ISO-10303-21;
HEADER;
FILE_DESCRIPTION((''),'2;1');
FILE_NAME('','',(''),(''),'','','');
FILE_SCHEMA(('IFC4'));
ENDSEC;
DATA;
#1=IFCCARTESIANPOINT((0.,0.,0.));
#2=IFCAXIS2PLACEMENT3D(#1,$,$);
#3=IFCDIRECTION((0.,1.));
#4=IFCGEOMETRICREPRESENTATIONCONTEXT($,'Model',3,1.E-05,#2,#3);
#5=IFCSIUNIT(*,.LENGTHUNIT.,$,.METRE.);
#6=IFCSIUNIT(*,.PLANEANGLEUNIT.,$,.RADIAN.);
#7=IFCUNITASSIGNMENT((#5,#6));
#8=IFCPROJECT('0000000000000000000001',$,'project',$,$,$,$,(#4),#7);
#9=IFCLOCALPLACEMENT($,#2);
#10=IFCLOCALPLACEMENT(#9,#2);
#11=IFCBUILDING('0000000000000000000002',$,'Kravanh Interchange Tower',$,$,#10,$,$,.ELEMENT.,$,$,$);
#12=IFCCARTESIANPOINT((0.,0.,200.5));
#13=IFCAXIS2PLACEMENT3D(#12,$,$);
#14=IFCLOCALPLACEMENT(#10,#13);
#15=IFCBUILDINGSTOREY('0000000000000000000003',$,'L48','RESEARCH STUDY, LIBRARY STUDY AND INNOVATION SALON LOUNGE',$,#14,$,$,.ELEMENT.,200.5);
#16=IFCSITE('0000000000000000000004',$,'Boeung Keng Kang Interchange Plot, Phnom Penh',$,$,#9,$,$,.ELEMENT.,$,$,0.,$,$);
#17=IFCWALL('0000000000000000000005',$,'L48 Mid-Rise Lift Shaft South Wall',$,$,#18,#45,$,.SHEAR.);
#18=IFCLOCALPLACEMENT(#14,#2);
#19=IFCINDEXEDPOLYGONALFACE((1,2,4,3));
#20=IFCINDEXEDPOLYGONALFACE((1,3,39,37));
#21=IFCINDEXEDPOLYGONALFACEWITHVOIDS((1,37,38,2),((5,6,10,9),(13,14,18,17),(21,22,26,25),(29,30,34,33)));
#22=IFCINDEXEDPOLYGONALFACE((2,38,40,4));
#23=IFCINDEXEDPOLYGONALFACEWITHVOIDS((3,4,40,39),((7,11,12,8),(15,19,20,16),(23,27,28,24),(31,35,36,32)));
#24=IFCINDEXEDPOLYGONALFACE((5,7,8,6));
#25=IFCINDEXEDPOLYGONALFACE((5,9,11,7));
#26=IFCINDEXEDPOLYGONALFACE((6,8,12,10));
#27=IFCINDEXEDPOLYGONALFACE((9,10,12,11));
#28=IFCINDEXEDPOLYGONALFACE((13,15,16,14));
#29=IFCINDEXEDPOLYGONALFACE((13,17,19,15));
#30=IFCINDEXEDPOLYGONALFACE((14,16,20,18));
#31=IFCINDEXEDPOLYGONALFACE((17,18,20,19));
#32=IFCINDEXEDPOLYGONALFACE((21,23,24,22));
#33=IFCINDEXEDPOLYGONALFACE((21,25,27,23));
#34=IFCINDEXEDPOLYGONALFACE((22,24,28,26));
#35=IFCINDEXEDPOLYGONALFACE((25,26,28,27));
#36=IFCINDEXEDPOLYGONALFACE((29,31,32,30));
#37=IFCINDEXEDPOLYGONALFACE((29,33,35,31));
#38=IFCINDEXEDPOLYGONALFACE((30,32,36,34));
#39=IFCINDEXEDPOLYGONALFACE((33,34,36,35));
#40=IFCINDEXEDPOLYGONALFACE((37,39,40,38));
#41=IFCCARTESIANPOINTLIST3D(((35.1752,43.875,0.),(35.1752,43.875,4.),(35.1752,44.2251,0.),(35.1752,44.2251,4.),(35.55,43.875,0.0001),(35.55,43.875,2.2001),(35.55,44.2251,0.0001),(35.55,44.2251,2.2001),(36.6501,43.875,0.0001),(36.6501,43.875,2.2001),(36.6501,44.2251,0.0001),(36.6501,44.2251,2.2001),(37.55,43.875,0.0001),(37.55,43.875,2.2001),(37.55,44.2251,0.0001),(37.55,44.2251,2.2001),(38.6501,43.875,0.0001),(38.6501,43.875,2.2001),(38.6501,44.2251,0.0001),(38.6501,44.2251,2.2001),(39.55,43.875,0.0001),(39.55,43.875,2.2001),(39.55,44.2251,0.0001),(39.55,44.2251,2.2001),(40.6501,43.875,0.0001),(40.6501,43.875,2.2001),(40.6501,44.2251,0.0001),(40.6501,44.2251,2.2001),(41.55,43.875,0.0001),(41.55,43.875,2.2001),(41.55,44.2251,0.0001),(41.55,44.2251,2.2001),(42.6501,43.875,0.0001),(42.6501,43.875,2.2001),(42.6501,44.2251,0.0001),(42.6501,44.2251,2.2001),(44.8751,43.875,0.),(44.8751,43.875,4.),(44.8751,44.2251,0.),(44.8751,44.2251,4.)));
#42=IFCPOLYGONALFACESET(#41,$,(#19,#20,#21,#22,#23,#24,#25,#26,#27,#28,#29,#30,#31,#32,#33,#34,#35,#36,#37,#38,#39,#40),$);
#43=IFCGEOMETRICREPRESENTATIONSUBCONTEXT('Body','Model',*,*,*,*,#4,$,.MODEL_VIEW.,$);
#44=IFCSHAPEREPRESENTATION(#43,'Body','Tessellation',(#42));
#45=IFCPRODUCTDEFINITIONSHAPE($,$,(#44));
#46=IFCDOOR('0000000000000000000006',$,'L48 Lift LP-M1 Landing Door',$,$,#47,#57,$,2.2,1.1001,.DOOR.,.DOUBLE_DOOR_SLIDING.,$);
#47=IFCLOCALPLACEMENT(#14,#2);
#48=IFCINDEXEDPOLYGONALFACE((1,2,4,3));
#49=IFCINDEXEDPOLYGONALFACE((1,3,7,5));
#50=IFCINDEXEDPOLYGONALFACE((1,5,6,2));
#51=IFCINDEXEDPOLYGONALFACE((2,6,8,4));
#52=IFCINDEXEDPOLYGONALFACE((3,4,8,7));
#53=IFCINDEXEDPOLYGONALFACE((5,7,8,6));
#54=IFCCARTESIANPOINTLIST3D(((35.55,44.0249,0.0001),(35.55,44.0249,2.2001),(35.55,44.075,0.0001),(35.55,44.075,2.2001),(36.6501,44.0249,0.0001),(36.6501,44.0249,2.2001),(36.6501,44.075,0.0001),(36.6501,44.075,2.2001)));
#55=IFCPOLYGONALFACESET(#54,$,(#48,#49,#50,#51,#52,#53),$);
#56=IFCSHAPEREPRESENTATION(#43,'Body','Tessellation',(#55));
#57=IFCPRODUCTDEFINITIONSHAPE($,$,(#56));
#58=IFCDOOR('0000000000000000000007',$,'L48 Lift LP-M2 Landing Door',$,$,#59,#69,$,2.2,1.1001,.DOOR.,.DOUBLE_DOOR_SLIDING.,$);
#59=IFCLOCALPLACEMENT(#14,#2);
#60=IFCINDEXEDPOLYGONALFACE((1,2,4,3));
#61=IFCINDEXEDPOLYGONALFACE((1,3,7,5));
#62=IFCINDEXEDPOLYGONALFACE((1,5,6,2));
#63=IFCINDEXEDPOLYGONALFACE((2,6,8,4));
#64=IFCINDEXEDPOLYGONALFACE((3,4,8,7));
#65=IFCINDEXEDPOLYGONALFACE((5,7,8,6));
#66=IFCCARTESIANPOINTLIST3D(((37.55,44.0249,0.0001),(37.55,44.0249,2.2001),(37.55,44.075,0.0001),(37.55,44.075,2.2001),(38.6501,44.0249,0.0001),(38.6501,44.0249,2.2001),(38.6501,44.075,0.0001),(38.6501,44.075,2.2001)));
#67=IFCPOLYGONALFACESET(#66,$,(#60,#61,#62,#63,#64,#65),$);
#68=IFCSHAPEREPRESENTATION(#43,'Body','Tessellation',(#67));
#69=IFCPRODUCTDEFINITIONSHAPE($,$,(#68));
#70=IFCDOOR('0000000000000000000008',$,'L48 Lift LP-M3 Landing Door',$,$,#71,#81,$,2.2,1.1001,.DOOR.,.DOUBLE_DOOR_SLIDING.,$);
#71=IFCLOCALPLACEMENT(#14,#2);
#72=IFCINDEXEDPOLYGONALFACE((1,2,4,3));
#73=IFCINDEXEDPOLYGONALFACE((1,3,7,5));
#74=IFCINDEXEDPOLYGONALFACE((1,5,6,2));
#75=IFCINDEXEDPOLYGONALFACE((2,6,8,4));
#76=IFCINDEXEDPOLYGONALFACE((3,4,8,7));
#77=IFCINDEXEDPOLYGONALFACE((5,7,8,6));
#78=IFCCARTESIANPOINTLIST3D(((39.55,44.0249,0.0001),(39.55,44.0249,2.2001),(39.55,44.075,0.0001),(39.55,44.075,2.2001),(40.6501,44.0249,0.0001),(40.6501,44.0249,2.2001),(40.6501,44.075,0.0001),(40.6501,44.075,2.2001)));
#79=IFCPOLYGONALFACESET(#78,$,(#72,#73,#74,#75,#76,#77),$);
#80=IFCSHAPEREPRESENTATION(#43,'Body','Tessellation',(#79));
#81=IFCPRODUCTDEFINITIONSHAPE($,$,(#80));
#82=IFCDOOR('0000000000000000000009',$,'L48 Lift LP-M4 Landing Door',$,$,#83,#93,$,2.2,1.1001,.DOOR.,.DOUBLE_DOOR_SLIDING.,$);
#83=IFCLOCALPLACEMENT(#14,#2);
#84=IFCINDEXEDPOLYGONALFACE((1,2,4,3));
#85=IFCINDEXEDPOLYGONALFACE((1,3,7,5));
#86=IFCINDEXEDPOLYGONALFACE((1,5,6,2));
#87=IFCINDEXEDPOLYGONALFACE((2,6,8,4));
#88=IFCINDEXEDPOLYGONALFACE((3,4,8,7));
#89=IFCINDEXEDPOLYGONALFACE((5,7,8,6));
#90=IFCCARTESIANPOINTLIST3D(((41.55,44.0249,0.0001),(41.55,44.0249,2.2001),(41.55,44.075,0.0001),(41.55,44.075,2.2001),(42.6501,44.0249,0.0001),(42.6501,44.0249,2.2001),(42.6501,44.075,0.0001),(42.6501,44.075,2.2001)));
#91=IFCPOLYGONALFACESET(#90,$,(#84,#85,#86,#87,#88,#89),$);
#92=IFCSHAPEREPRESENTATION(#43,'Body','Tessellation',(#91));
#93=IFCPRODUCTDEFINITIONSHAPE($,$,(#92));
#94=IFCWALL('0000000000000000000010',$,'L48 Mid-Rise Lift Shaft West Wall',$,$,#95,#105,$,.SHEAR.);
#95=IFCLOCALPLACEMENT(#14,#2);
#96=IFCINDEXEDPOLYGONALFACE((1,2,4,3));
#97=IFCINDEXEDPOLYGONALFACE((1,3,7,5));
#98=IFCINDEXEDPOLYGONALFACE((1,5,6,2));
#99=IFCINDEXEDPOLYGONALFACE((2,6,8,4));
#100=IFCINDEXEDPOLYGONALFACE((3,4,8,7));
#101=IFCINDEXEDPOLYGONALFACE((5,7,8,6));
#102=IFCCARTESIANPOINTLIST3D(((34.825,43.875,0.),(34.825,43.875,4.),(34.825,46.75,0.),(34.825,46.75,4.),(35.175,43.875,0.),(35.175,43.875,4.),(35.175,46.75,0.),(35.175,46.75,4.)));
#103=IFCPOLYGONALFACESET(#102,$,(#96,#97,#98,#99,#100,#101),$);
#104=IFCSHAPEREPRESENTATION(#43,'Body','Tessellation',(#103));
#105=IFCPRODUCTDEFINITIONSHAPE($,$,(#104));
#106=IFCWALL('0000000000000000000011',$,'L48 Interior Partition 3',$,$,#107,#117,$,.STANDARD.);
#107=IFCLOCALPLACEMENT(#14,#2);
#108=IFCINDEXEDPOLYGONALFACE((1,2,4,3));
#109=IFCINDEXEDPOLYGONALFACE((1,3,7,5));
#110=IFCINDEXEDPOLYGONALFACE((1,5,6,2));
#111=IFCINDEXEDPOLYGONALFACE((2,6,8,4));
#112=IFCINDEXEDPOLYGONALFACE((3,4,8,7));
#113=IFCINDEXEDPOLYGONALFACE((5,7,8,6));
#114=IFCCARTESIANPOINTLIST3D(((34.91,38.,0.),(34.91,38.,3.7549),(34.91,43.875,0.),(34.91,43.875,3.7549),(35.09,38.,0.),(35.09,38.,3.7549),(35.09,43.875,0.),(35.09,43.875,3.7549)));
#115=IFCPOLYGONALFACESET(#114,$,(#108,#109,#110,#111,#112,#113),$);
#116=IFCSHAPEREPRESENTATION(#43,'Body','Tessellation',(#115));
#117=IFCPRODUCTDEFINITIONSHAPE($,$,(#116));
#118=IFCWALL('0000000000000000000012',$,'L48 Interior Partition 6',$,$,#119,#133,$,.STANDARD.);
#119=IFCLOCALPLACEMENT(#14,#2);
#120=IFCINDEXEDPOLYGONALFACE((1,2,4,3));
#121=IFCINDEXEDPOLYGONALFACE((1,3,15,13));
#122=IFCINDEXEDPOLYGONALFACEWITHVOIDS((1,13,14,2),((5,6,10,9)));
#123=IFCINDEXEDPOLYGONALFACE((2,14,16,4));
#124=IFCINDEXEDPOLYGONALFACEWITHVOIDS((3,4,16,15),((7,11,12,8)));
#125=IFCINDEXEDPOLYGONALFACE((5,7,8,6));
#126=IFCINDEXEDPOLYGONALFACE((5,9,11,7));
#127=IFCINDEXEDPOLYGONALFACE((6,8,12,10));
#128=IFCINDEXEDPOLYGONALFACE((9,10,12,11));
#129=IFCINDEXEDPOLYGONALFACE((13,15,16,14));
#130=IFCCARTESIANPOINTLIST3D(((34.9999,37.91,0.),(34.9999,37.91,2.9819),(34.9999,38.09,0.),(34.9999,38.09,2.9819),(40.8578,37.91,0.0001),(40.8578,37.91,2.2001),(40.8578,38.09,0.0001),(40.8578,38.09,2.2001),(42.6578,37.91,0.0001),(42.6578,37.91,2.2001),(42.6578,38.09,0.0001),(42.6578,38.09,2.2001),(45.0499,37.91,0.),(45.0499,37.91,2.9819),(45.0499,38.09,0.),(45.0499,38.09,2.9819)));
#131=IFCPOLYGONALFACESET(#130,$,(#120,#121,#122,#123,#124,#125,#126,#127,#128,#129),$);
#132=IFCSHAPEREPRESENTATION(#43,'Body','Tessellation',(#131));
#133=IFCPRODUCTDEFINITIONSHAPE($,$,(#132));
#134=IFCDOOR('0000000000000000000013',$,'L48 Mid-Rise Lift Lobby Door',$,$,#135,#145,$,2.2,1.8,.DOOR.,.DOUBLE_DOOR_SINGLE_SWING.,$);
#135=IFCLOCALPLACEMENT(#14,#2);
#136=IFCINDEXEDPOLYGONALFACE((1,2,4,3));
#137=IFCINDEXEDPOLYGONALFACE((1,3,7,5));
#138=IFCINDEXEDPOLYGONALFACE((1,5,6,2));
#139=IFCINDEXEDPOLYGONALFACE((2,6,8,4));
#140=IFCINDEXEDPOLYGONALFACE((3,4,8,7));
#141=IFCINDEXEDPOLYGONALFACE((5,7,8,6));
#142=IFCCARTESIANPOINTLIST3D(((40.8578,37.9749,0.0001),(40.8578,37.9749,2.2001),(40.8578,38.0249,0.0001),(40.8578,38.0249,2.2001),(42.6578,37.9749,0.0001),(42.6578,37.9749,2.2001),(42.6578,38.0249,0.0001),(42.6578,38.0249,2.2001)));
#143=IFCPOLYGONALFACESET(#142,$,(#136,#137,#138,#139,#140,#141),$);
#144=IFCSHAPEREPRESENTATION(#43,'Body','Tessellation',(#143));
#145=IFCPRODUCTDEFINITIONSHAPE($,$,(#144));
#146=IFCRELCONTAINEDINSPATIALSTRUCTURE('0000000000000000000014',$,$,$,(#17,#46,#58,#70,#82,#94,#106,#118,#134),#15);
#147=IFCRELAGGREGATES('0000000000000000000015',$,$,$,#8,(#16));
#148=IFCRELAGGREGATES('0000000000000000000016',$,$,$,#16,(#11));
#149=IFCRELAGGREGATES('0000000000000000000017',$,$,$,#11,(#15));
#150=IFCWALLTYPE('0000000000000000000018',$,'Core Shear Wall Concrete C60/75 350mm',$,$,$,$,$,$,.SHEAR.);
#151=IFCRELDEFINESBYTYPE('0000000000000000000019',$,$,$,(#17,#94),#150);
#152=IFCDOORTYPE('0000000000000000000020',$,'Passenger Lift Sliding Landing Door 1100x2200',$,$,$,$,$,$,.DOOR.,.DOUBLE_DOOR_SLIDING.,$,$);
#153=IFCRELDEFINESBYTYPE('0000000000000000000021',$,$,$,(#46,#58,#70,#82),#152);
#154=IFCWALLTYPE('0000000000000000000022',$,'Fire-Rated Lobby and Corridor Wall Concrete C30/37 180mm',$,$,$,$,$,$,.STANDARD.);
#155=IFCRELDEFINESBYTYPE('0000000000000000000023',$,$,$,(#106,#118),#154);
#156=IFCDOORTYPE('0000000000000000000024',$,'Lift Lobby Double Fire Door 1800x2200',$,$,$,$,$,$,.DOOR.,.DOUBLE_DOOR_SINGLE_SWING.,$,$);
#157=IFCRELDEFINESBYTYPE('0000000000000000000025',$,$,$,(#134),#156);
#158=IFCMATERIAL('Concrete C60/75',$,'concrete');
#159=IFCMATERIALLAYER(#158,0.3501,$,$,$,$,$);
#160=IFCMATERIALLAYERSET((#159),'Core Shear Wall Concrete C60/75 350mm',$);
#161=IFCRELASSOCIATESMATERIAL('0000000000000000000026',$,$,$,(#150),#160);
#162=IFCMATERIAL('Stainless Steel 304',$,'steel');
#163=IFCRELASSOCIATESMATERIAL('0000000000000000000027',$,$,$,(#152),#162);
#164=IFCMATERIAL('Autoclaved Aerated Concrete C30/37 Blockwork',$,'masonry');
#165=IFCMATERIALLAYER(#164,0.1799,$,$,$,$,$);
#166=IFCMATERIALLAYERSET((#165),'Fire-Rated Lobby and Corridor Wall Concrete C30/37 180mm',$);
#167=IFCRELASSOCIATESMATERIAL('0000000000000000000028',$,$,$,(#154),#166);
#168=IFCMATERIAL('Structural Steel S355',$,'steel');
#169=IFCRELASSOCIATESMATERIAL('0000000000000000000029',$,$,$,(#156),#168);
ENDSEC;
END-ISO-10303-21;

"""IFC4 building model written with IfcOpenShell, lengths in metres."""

from ifc_helpers import new_model, si_unit, direction, frame, frame_2d, origin, place, context, subcontext, project, spatial, rectangle, extrude, material, layer, layer_set, type_object, element, fill, save


model = new_model("IFC4")

# Units and contexts
model_context = context("Model", 3, precision=1e-05, world=origin(), true_north=direction((0.0, 1.0)))
body_context = subcontext(model_context, "Body", "Model", "MODEL_VIEW")
ifc_project = project(units=[si_unit("LENGTHUNIT", "METRE"), si_unit("PLANEANGLEUNIT", "RADIAN")], contexts=[model_context])

# Site, building, storey
site_placement = place(None, origin())
site = spatial("IfcSite", under=ifc_project, at=site_placement, Name="Boeung Keng Kang Interchange Plot, Phnom Penh", CompositionType="ELEMENT", RefElevation=0.0)
building_placement = place(site_placement, origin())
building = spatial("IfcBuilding", under=site, at=building_placement, Name="Kravanh Interchange Tower", CompositionType="ELEMENT")
storey_placement = place(building_placement, frame((0.0, 0.0, 200.5)))
storey = spatial("IfcBuildingStorey", under=building, at=storey_placement, Name="L48", Description="RESEARCH STUDY, LIBRARY STUDY AND INNOVATION SALON LOUNGE", CompositionType="ELEMENT", Elevation=200.5)

# Wall, openings, doors
ifc_material_1 = material(Name="Concrete C60/75", Category="concrete")
ifc_layer_1 = layer(ifc_material_1, 0.3501)
ifc_layer_set_1 = layer_set([ifc_layer_1], Name="Core Shear Wall Concrete C60/75 350mm")
wall_type_1 = type_object("IfcWallType", Name="Core Shear Wall Concrete C60/75 350mm", PredefinedType="SHEAR", material=ifc_layer_set_1)
wall_1_placement = place(storey_placement, frame((35.175, 44.05, 0.0), z_axis=(0.0, 0.0, 1.0), x_axis=(1.0, 0.0, 0.0)))
wall_1 = element("IfcWall", 1, at=wall_1_placement, inside=storey, type_object=wall_type_1, Name="L48 Mid-Rise Lift Shaft South Wall", PredefinedType="SHEAR", context=body_context, shape_type="SweptSolid", body=[
    extrude(rectangle(XDim=9.7, YDim=0.3501, at=frame_2d((4.8501, 0.0))), origin(), (0.0, 0.0, 1.0), 4.0),
])
opening_1_placement = place(wall_1_placement, frame((0.375, 0.0, 0.0)))
opening_1 = element("IfcOpeningElement", 2, at=opening_1_placement, cuts=wall_1, PredefinedType="OPENING", context=body_context, shape_type="SweptSolid", body=[
    extrude(rectangle(XDim=1.1001, YDim=2.2, at=frame_2d((0.55, 1.1001))), frame((0.0, 0.1851, 0.0), z_axis=(0.0, -1.0, 0.0), x_axis=(1.0, 0.0, 0.0)), (0.0, 0.0, 1.0), 0.3701),
])
opening_2_placement = place(wall_1_placement, frame((2.375, 0.0, 0.0)))
opening_2 = element("IfcOpeningElement", 3, at=opening_2_placement, cuts=wall_1, PredefinedType="OPENING", context=body_context, shape_type="SweptSolid", body=[
    extrude(rectangle(XDim=1.1001, YDim=2.2, at=frame_2d((0.55, 1.1001))), frame((0.0, 0.1851, 0.0), z_axis=(0.0, -1.0, 0.0), x_axis=(1.0, 0.0, 0.0)), (0.0, 0.0, 1.0), 0.3701),
])
opening_3_placement = place(wall_1_placement, frame((4.375, 0.0, 0.0)))
opening_3 = element("IfcOpeningElement", 4, at=opening_3_placement, cuts=wall_1, PredefinedType="OPENING", context=body_context, shape_type="SweptSolid", body=[
    extrude(rectangle(XDim=1.1001, YDim=2.2, at=frame_2d((0.55, 1.1001))), frame((0.0, 0.1851, 0.0), z_axis=(0.0, -1.0, 0.0), x_axis=(1.0, 0.0, 0.0)), (0.0, 0.0, 1.0), 0.3701),
])
opening_4_placement = place(wall_1_placement, frame((6.375, 0.0, 0.0)))
opening_4 = element("IfcOpeningElement", 5, at=opening_4_placement, cuts=wall_1, PredefinedType="OPENING", context=body_context, shape_type="SweptSolid", body=[
    extrude(rectangle(XDim=1.1001, YDim=2.2, at=frame_2d((0.55, 1.1001))), frame((0.0, 0.1851, 0.0), z_axis=(0.0, -1.0, 0.0), x_axis=(1.0, 0.0, 0.0)), (0.0, 0.0, 1.0), 0.3701),
])
ifc_material_2 = material(Name="Stainless Steel 304", Category="steel")
door_type_1 = type_object("IfcDoorType", Name="Passenger Lift Sliding Landing Door 1100x2200", OperationType="DOUBLE_DOOR_SLIDING", PredefinedType="DOOR", material=ifc_material_2)
door_1_placement = place(opening_1_placement, origin())
door_1 = element("IfcDoor", 6, at=door_1_placement, inside=storey, type_object=door_type_1, Name="L48 Lift LP-M1 Landing Door", OperationType="DOUBLE_DOOR_SLIDING", OverallHeight=2.2, OverallWidth=1.1001, PredefinedType="DOOR", context=body_context, shape_type="SweptSolid", body=[
    extrude(rectangle(XDim=1.1001, YDim=2.2, at=frame_2d((0.55, 1.1001))), frame((0.0, 0.0249, 0.0), z_axis=(0.0, -1.0, 0.0), x_axis=(1.0, 0.0, 0.0)), (0.0, 0.0, 1.0), 0.05),
])
fill(opening_1, door_1)
door_2_placement = place(opening_2_placement, origin())
door_2 = element("IfcDoor", 7, at=door_2_placement, inside=storey, type_object=door_type_1, Name="L48 Lift LP-M2 Landing Door", OperationType="DOUBLE_DOOR_SLIDING", OverallHeight=2.2, OverallWidth=1.1001, PredefinedType="DOOR", context=body_context, shape_type="SweptSolid", body=[
    extrude(rectangle(XDim=1.1001, YDim=2.2, at=frame_2d((0.55, 1.1001))), frame((0.0, 0.0249, 0.0), z_axis=(0.0, -1.0, 0.0), x_axis=(1.0, 0.0, 0.0)), (0.0, 0.0, 1.0), 0.05),
])
fill(opening_2, door_2)
door_3_placement = place(opening_3_placement, origin())
door_3 = element("IfcDoor", 8, at=door_3_placement, inside=storey, type_object=door_type_1, Name="L48 Lift LP-M3 Landing Door", OperationType="DOUBLE_DOOR_SLIDING", OverallHeight=2.2, OverallWidth=1.1001, PredefinedType="DOOR", context=body_context, shape_type="SweptSolid", body=[
    extrude(rectangle(XDim=1.1001, YDim=2.2, at=frame_2d((0.55, 1.1001))), frame((0.0, 0.0249, 0.0), z_axis=(0.0, -1.0, 0.0), x_axis=(1.0, 0.0, 0.0)), (0.0, 0.0, 1.0), 0.05),
])
fill(opening_3, door_3)
door_4_placement = place(opening_4_placement, origin())
door_4 = element("IfcDoor", 9, at=door_4_placement, inside=storey, type_object=door_type_1, Name="L48 Lift LP-M4 Landing Door", OperationType="DOUBLE_DOOR_SLIDING", OverallHeight=2.2, OverallWidth=1.1001, PredefinedType="DOOR", context=body_context, shape_type="SweptSolid", body=[
    extrude(rectangle(XDim=1.1001, YDim=2.2, at=frame_2d((0.55, 1.1001))), frame((0.0, 0.0249, 0.0), z_axis=(0.0, -1.0, 0.0), x_axis=(1.0, 0.0, 0.0)), (0.0, 0.0, 1.0), 0.05),
])
fill(opening_4, door_4)

# Walls
wall_2_placement = place(storey_placement, frame((35.0, 43.875, 0.0), z_axis=(0.0, 0.0, 1.0), x_axis=(0.0, 1.0, 0.0)))
element("IfcWall", 10, at=wall_2_placement, inside=storey, type_object=wall_type_1, Name="L48 Mid-Rise Lift Shaft West Wall", PredefinedType="SHEAR", context=body_context, shape_type="SweptSolid", body=[
    extrude(rectangle(XDim=2.875, YDim=0.3501, at=frame_2d((1.4375, 0.0))), origin(), (0.0, 0.0, 1.0), 4.0),
])
ifc_material_3 = material(Name="Autoclaved Aerated Concrete C30/37 Blockwork", Category="masonry")
ifc_layer_2 = layer(ifc_material_3, 0.1799)
ifc_layer_set_2 = layer_set([ifc_layer_2], Name="Fire-Rated Lobby and Corridor Wall Concrete C30/37 180mm")
wall_type_2 = type_object("IfcWallType", Name="Fire-Rated Lobby and Corridor Wall Concrete C30/37 180mm", PredefinedType="STANDARD", material=ifc_layer_set_2)
wall_3_placement = place(storey_placement, frame((35.0, 38.0, 0.0), z_axis=(0.0, 0.0, 1.0), x_axis=(0.0, 1.0, 0.0)))
element("IfcWall", 11, at=wall_3_placement, inside=storey, type_object=wall_type_2, Name="L48 Interior Partition 3", PredefinedType="STANDARD", context=body_context, shape_type="SweptSolid", body=[
    extrude(rectangle(XDim=5.875, YDim=0.1799, at=frame_2d((2.9375, 0.0))), origin(), (0.0, 0.0, 1.0), 3.7549),
])

# Wall, opening, door
wall_4_placement = place(storey_placement, frame((35.0, 38.0, 0.0), z_axis=(0.0, 0.0, 1.0), x_axis=(1.0, 0.0, 0.0)))
wall_4 = element("IfcWall", 12, at=wall_4_placement, inside=storey, type_object=wall_type_2, Name="L48 Interior Partition 6", PredefinedType="STANDARD", context=body_context, shape_type="SweptSolid", body=[
    extrude(rectangle(XDim=10.05, YDim=0.1799, at=frame_2d((5.0249, 0.0))), origin(), (0.0, 0.0, 1.0), 2.9819),
])
opening_5_placement = place(wall_4_placement, frame((5.8579, 0.0, 0.0)))
opening_5 = element("IfcOpeningElement", 13, at=opening_5_placement, cuts=wall_4, PredefinedType="OPENING", context=body_context, shape_type="SweptSolid", body=[
    extrude(rectangle(XDim=1.8, YDim=2.2, at=frame_2d((0.8999, 1.1001))), frame((0.0, 0.1001, 0.0), z_axis=(0.0, -1.0, 0.0), x_axis=(1.0, 0.0, 0.0)), (0.0, 0.0, 1.0), 0.2),
])
ifc_material_4 = material(Name="Structural Steel S355", Category="steel")
door_type_2 = type_object("IfcDoorType", Name="Lift Lobby Double Fire Door 1800x2200", OperationType="DOUBLE_DOOR_SINGLE_SWING", PredefinedType="DOOR", material=ifc_material_4)
door_5_placement = place(opening_5_placement, origin())
door_5 = element("IfcDoor", 14, at=door_5_placement, inside=storey, type_object=door_type_2, Name="L48 Mid-Rise Lift Lobby Door", OperationType="DOUBLE_DOOR_SINGLE_SWING", OverallHeight=2.2, OverallWidth=1.8, PredefinedType="DOOR", context=body_context, shape_type="SweptSolid", body=[
    extrude(rectangle(XDim=1.8, YDim=2.2, at=frame_2d((0.8999, 1.1001))), frame((0.0, 0.0249, 0.0), z_axis=(0.0, -1.0, 0.0), x_axis=(1.0, 0.0, 0.0)), (0.0, 0.0, 1.0), 0.05),
])
fill(opening_5, door_5)

save(model, "model.ifc")
